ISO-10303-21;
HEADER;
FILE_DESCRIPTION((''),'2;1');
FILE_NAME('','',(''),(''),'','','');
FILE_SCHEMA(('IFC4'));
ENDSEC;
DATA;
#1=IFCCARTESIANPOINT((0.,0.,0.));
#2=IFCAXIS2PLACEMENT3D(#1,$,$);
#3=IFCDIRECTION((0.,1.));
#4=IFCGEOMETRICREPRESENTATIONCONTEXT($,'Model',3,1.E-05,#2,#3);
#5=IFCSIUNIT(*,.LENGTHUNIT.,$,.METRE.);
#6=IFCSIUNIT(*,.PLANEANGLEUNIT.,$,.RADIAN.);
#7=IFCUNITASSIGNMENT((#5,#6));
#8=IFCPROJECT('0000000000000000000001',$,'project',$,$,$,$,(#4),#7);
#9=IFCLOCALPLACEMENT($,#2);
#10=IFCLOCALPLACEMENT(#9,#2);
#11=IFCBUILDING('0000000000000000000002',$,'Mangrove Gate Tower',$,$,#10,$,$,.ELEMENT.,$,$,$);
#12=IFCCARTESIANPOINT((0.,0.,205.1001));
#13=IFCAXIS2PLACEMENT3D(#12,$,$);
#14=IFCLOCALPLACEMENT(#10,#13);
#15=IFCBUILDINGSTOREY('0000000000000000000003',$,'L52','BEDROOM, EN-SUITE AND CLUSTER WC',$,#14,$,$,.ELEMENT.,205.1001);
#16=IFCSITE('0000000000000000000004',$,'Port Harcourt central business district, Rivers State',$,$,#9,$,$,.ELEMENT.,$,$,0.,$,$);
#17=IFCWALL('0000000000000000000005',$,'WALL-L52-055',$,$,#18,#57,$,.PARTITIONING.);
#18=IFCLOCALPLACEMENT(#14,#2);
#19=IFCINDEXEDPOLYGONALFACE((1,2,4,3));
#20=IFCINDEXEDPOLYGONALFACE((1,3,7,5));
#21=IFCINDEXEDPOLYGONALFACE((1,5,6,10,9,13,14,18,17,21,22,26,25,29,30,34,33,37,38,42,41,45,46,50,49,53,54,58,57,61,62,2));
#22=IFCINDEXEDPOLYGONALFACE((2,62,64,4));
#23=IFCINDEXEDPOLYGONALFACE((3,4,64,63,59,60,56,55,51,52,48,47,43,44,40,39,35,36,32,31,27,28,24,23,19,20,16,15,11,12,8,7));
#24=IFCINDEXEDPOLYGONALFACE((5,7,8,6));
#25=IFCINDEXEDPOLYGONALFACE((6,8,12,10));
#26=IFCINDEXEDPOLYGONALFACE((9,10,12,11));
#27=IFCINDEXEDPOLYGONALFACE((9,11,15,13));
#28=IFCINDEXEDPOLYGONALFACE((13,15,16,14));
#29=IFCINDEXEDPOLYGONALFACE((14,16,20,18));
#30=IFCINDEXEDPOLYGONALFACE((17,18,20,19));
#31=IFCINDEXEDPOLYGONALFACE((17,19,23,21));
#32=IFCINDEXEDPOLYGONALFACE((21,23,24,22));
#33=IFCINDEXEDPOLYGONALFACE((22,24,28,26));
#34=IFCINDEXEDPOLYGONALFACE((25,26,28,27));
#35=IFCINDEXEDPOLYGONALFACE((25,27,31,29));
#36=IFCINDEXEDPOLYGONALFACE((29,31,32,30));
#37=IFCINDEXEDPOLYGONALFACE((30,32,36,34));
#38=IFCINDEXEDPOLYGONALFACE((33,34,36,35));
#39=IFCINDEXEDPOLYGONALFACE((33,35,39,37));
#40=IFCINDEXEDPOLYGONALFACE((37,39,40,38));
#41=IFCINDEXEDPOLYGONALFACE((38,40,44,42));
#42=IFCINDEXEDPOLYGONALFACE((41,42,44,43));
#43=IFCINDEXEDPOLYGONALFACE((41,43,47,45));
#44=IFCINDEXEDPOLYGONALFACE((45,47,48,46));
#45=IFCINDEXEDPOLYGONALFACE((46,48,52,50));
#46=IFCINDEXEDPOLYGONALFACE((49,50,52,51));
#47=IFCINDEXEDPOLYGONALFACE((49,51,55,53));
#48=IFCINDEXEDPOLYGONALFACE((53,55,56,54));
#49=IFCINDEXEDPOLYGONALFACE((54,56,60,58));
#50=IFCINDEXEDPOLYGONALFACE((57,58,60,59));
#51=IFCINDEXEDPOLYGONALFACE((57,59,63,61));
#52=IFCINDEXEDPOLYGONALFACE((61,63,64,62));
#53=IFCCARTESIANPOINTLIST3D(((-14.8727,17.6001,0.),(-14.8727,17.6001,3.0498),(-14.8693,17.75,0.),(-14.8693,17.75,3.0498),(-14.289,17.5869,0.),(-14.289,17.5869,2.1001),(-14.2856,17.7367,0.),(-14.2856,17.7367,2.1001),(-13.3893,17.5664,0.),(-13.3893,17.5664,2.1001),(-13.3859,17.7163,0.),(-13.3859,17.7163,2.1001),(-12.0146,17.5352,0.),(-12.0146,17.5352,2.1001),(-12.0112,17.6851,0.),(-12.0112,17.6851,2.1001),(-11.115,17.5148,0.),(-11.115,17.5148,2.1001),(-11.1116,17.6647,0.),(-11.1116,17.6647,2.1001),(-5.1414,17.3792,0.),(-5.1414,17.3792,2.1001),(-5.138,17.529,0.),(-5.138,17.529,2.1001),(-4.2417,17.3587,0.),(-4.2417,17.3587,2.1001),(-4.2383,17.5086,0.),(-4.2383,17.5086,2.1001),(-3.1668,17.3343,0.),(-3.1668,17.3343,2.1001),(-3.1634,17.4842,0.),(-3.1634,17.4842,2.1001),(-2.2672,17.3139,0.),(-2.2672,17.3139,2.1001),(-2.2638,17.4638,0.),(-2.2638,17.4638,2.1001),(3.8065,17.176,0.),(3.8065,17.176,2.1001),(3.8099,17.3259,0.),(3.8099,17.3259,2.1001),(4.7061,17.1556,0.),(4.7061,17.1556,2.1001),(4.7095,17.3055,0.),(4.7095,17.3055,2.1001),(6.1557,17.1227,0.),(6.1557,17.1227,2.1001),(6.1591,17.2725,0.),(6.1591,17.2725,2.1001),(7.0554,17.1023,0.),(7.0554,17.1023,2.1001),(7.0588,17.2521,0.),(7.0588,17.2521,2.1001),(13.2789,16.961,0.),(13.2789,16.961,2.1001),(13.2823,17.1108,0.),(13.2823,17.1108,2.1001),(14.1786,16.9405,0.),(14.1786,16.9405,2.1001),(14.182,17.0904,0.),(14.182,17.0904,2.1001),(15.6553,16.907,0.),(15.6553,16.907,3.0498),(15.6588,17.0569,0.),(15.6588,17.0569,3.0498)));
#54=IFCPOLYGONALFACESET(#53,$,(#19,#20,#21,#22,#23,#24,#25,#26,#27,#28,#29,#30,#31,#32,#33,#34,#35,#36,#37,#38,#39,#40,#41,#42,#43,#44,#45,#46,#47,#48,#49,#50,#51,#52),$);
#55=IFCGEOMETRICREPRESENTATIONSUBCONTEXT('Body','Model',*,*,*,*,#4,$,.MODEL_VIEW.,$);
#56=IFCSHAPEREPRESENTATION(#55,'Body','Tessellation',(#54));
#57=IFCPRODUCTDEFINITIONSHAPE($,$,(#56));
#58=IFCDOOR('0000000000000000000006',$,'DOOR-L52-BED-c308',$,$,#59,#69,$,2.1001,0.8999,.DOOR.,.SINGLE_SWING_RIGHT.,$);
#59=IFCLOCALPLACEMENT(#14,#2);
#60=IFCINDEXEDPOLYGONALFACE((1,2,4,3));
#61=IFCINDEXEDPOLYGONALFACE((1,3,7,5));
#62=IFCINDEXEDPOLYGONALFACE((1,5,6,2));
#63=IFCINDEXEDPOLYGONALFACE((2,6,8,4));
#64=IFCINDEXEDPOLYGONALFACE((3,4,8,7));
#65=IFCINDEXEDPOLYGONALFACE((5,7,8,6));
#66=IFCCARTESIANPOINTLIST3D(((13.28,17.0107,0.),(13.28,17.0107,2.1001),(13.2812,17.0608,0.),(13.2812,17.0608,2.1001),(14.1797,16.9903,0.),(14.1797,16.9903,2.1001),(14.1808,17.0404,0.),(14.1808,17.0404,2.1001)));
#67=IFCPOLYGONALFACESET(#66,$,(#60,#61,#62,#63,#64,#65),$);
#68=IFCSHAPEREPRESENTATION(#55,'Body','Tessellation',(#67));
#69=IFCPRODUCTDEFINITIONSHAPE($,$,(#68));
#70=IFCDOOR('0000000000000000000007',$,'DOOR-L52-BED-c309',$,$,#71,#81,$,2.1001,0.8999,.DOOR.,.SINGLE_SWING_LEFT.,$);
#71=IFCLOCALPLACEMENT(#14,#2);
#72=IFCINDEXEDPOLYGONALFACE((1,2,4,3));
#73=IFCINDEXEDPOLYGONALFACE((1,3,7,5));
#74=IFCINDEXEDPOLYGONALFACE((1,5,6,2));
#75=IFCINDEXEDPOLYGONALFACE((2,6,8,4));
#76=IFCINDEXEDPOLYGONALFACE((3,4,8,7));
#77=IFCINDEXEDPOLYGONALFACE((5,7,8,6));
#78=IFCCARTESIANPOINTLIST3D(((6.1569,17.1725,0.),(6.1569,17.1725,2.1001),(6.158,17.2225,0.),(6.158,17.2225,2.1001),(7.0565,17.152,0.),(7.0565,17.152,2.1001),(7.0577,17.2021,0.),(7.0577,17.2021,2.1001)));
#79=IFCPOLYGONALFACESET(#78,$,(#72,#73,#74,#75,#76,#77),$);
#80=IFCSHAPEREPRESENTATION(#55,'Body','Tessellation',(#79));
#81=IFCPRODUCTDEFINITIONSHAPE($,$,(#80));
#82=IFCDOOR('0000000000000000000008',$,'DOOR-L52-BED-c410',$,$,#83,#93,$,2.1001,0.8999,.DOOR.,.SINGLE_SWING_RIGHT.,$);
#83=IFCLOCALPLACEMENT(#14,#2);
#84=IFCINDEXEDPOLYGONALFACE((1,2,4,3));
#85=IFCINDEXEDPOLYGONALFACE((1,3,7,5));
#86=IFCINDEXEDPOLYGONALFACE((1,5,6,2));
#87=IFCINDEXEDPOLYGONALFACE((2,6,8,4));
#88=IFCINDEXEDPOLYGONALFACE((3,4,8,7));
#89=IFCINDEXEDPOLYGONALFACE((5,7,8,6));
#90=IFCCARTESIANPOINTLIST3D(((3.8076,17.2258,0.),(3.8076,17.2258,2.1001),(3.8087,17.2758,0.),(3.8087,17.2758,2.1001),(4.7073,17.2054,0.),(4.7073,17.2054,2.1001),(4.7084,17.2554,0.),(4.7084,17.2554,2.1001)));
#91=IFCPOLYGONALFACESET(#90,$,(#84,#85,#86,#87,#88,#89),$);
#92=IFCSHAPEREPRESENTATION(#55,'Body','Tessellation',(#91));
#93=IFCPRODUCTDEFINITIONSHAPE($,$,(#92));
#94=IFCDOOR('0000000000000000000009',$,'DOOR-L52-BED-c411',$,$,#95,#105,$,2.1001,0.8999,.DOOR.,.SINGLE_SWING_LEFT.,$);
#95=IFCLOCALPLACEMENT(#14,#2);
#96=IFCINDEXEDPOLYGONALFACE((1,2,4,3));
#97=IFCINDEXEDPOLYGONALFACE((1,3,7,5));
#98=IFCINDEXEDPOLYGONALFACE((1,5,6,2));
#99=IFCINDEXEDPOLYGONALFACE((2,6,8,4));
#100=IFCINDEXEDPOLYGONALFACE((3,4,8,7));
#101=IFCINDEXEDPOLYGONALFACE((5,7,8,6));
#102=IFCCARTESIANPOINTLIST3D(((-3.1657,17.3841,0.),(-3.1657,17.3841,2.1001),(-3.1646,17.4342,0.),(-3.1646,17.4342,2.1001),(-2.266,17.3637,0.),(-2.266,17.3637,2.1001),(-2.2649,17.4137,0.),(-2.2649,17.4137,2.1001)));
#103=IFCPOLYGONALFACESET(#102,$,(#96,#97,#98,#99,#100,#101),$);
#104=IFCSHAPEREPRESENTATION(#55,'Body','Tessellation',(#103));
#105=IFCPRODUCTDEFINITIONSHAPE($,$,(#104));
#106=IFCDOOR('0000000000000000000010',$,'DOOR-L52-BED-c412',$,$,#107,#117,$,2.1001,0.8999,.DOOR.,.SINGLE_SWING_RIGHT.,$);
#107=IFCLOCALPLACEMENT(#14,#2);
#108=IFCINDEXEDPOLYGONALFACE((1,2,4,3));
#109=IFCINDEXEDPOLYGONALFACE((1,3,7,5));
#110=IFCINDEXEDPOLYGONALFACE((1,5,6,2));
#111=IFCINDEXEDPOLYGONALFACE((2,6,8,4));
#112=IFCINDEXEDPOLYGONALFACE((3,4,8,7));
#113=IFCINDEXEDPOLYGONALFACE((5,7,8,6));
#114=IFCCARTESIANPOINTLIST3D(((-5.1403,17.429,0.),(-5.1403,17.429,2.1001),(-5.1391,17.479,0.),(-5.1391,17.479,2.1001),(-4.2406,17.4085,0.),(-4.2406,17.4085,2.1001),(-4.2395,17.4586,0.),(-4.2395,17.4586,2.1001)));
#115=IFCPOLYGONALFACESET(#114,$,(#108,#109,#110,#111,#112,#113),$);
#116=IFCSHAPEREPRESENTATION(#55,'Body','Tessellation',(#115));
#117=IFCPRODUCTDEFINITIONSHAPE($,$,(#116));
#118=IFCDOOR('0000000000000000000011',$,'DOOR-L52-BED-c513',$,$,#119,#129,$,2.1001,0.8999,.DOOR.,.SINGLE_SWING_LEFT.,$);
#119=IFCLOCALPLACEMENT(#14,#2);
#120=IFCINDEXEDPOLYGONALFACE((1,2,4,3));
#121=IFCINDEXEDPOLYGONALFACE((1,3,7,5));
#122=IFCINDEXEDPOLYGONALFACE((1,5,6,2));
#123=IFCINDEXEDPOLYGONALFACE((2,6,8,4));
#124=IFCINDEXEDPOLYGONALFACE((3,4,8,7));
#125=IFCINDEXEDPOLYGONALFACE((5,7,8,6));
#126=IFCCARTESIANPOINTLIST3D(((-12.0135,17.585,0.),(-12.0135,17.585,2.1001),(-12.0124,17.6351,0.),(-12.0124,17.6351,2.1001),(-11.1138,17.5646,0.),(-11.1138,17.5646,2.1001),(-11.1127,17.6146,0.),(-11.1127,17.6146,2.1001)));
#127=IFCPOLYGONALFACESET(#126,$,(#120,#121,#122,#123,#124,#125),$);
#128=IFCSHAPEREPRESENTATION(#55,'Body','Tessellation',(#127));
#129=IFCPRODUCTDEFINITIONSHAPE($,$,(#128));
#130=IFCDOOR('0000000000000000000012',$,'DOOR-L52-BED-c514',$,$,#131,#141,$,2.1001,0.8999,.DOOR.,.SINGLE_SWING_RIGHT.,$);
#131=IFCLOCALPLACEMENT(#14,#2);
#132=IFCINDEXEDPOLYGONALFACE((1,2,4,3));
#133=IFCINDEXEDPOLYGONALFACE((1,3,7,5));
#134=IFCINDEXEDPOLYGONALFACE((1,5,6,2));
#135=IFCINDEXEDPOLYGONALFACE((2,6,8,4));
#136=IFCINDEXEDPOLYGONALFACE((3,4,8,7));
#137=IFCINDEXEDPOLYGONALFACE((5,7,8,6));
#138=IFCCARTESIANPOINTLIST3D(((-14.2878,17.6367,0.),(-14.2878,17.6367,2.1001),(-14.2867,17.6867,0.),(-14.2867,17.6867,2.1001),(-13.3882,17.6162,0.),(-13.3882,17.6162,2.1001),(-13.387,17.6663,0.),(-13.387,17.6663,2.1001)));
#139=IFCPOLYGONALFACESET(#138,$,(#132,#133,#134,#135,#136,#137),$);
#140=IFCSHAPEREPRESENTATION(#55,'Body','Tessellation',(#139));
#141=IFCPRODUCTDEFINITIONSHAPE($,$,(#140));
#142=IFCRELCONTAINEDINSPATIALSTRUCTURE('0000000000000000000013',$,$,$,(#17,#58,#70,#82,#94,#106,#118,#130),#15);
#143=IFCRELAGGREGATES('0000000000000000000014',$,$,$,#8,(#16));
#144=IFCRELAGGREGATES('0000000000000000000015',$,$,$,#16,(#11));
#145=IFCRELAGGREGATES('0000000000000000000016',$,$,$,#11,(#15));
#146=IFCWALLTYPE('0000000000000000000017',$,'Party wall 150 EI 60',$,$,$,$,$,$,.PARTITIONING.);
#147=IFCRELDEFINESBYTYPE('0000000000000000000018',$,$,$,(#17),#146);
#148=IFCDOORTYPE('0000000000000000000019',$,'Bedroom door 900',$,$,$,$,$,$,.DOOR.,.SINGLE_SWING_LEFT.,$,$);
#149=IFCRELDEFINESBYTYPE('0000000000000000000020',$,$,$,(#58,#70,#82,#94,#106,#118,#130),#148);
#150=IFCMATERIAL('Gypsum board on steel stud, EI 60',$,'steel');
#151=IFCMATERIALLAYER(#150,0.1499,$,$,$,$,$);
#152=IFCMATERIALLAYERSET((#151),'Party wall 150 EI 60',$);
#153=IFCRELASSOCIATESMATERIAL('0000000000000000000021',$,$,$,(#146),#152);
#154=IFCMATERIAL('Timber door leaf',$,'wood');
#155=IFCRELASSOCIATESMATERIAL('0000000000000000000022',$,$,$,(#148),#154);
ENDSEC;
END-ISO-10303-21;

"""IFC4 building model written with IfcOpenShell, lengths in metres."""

from ifc_helpers import new_model, si_unit, direction, frame, frame_2d, origin, place, context, subcontext, project, spatial, rectangle, extrude, material, layer, layer_set, type_object, element, fill, save


model = new_model("IFC4")

# Units and contexts
model_context = context("Model", 3, precision=1e-05, world=origin(), true_north=direction((0.0, 1.0)))
body_context = subcontext(model_context, "Body", "Model", "MODEL_VIEW")
ifc_project = project(units=[si_unit("LENGTHUNIT", "METRE"), si_unit("PLANEANGLEUNIT", "RADIAN")], contexts=[model_context])

# Site, building, storey
site_placement = place(None, origin())
site = spatial("IfcSite", under=ifc_project, at=site_placement, Name="Port Harcourt central business district, Rivers State", CompositionType="ELEMENT", RefElevation=0.0)
building_placement = place(site_placement, origin())
building = spatial("IfcBuilding", under=site, at=building_placement, Name="Mangrove Gate Tower", CompositionType="ELEMENT")
storey_placement = place(building_placement, frame((0.0, 0.0, 205.1001)))
storey = spatial("IfcBuildingStorey", under=building, at=storey_placement, Name="L52", Description="BEDROOM, EN-SUITE AND CLUSTER WC", CompositionType="ELEMENT", Elevation=205.1001)

# Wall, openings, doors
ifc_material_1 = material(Name="Gypsum board on steel stud, EI 60", Category="steel")
ifc_layer_1 = layer(ifc_material_1, 0.1499)
ifc_layer_set_1 = layer_set([ifc_layer_1], Name="Party wall 150 EI 60")
wall_type_1 = type_object("IfcWallType", Name="Party wall 150 EI 60", PredefinedType="PARTITIONING", material=ifc_layer_set_1)
wall_1_placement = place(storey_placement, frame((-14.8711, 17.675, 0.0), z_axis=(0.0, 0.0, 1.0), x_axis=(0.999742, -0.022698, 0.0)))
wall_1 = element("IfcWall", 1, at=wall_1_placement, inside=storey, type_object=wall_type_1, Name="WALL-L52-055", PredefinedType="PARTITIONING", context=body_context, shape_type="SweptSolid", body=[
    extrude(rectangle(XDim=30.5359, YDim=0.1499, at=frame_2d((15.2681, 0.0))), origin(), (0.0, 0.0, 1.0), 3.0498),
])
opening_1_placement = place(wall_1_placement, frame((28.1589, 0.0, 0.0)))
opening_1 = element("IfcOpeningElement", 2, at=opening_1_placement, cuts=wall_1, PredefinedType="OPENING", context=body_context, shape_type="SweptSolid", body=[
    extrude(rectangle(XDim=0.8999, YDim=2.1001, at=frame_2d((0.45, 1.05))), frame((0.0, 0.085, 0.0), z_axis=(0.0, -1.0, 0.0), x_axis=(1.0, 0.0, 0.0)), (0.0, 0.0, 1.0), 0.1699),
])
opening_2_placement = place(wall_1_placement, frame((21.0339, 0.0, 0.0)))
opening_2 = element("IfcOpeningElement", 3, at=opening_2_placement, cuts=wall_1, PredefinedType="OPENING", context=body_context, shape_type="SweptSolid", body=[
    extrude(rectangle(XDim=0.8999, YDim=2.1001, at=frame_2d((0.45, 1.05))), frame((0.0, 0.085, 0.0), z_axis=(0.0, -1.0, 0.0), x_axis=(1.0, 0.0, 0.0)), (0.0, 0.0, 1.0), 0.1699),
])
opening_3_placement = place(wall_1_placement, frame((18.6841, 0.0, 0.0)))
opening_3 = element("IfcOpeningElement", 4, at=opening_3_placement, cuts=wall_1, PredefinedType="OPENING", context=body_context, shape_type="SweptSolid", body=[
    extrude(rectangle(XDim=0.8999, YDim=2.1001, at=frame_2d((0.45, 1.05))), frame((0.0, 0.085, 0.0), z_axis=(0.0, -1.0, 0.0), x_axis=(1.0, 0.0, 0.0)), (0.0, 0.0, 1.0), 0.1699),
])
opening_4_placement = place(wall_1_placement, frame((11.709, 0.0, 0.0)))
opening_4 = element("IfcOpeningElement", 5, at=opening_4_placement, cuts=wall_1, PredefinedType="OPENING", context=body_context, shape_type="SweptSolid", body=[
    extrude(rectangle(XDim=0.8999, YDim=2.1001, at=frame_2d((0.45, 1.05))), frame((0.0, 0.085, 0.0), z_axis=(0.0, -1.0, 0.0), x_axis=(1.0, 0.0, 0.0)), (0.0, 0.0, 1.0), 0.1699),
])
opening_5_placement = place(wall_1_placement, frame((9.7339, 0.0, 0.0)))
opening_5 = element("IfcOpeningElement", 6, at=opening_5_placement, cuts=wall_1, PredefinedType="OPENING", context=body_context, shape_type="SweptSolid", body=[
    extrude(rectangle(XDim=0.8999, YDim=2.1001, at=frame_2d((0.45, 1.05))), frame((0.0, 0.085, 0.0), z_axis=(0.0, -1.0, 0.0), x_axis=(1.0, 0.0, 0.0)), (0.0, 0.0, 1.0), 0.1699),
])
opening_6_placement = place(wall_1_placement, frame((2.8589, 0.0, 0.0)))
opening_6 = element("IfcOpeningElement", 7, at=opening_6_placement, cuts=wall_1, PredefinedType="OPENING", context=body_context, shape_type="SweptSolid", body=[
    extrude(rectangle(XDim=0.8999, YDim=2.1001, at=frame_2d((0.45, 1.05))), frame((0.0, 0.085, 0.0), z_axis=(0.0, -1.0, 0.0), x_axis=(1.0, 0.0, 0.0)), (0.0, 0.0, 1.0), 0.1699),
])
opening_7_placement = place(wall_1_placement, frame((0.584, 0.0, 0.0)))
opening_7 = element("IfcOpeningElement", 8, at=opening_7_placement, cuts=wall_1, PredefinedType="OPENING", context=body_context, shape_type="SweptSolid", body=[
    extrude(rectangle(XDim=0.8999, YDim=2.1001, at=frame_2d((0.45, 1.05))), frame((0.0, 0.085, 0.0), z_axis=(0.0, -1.0, 0.0), x_axis=(1.0, 0.0, 0.0)), (0.0, 0.0, 1.0), 0.1699),
])
ifc_material_2 = material(Name="Timber door leaf", Category="wood")
door_type_1 = type_object("IfcDoorType", Name="Bedroom door 900", OperationType="SINGLE_SWING_LEFT", PredefinedType="DOOR", material=ifc_material_2)
door_1_placement = place(opening_1_placement, origin())
door_1 = element("IfcDoor", 9, at=door_1_placement, inside=storey, type_object=door_type_1, Name="DOOR-L52-BED-c308", OperationType="SINGLE_SWING_RIGHT", OverallHeight=2.1001, OverallWidth=0.8999, PredefinedType="DOOR", context=body_context, shape_type="SweptSolid", body=[
    extrude(rectangle(XDim=0.8999, YDim=2.1001, at=frame_2d((0.45, 1.05))), frame((0.0, 0.0249, 0.0), z_axis=(0.0, -1.0, 0.0), x_axis=(1.0, 0.0, 0.0)), (0.0, 0.0, 1.0), 0.05),
])
fill(opening_1, door_1)
door_2_placement = place(opening_2_placement, origin())
door_2 = element("IfcDoor", 10, at=door_2_placement, inside=storey, type_object=door_type_1, Name="DOOR-L52-BED-c309", OperationType="SINGLE_SWING_LEFT", OverallHeight=2.1001, OverallWidth=0.8999, PredefinedType="DOOR", context=body_context, shape_type="SweptSolid", body=[
    extrude(rectangle(XDim=0.8999, YDim=2.1001, at=frame_2d((0.45, 1.05))), frame((0.0, 0.0249, 0.0), z_axis=(0.0, -1.0, 0.0), x_axis=(1.0, 0.0, 0.0)), (0.0, 0.0, 1.0), 0.05),
])
fill(opening_2, door_2)
door_3_placement = place(opening_3_placement, origin())
door_3 = element("IfcDoor", 11, at=door_3_placement, inside=storey, type_object=door_type_1, Name="DOOR-L52-BED-c410", OperationType="SINGLE_SWING_RIGHT", OverallHeight=2.1001, OverallWidth=0.8999, PredefinedType="DOOR", context=body_context, shape_type="SweptSolid", body=[
    extrude(rectangle(XDim=0.8999, YDim=2.1001, at=frame_2d((0.45, 1.05))), frame((0.0, 0.0249, 0.0), z_axis=(0.0, -1.0, 0.0), x_axis=(1.0, 0.0, 0.0)), (0.0, 0.0, 1.0), 0.05),
])
fill(opening_3, door_3)
door_4_placement = place(opening_4_placement, origin())
door_4 = element("IfcDoor", 12, at=door_4_placement, inside=storey, type_object=door_type_1, Name="DOOR-L52-BED-c411", OperationType="SINGLE_SWING_LEFT", OverallHeight=2.1001, OverallWidth=0.8999, PredefinedType="DOOR", context=body_context, shape_type="SweptSolid", body=[
    extrude(rectangle(XDim=0.8999, YDim=2.1001, at=frame_2d((0.45, 1.05))), frame((0.0, 0.0249, 0.0), z_axis=(0.0, -1.0, 0.0), x_axis=(1.0, 0.0, 0.0)), (0.0, 0.0, 1.0), 0.05),
])
fill(opening_4, door_4)
door_5_placement = place(opening_5_placement, origin())
door_5 = element("IfcDoor", 13, at=door_5_placement, inside=storey, type_object=door_type_1, Name="DOOR-L52-BED-c412", OperationType="SINGLE_SWING_RIGHT", OverallHeight=2.1001, OverallWidth=0.8999, PredefinedType="DOOR", context=body_context, shape_type="SweptSolid", body=[
    extrude(rectangle(XDim=0.8999, YDim=2.1001, at=frame_2d((0.45, 1.05))), frame((0.0, 0.0249, 0.0), z_axis=(0.0, -1.0, 0.0), x_axis=(1.0, 0.0, 0.0)), (0.0, 0.0, 1.0), 0.05),
])
fill(opening_5, door_5)
door_6_placement = place(opening_6_placement, origin())
door_6 = element("IfcDoor", 14, at=door_6_placement, inside=storey, type_object=door_type_1, Name="DOOR-L52-BED-c513", OperationType="SINGLE_SWING_LEFT", OverallHeight=2.1001, OverallWidth=0.8999, PredefinedType="DOOR", context=body_context, shape_type="SweptSolid", body=[
    extrude(rectangle(XDim=0.8999, YDim=2.1001, at=frame_2d((0.45, 1.05))), frame((0.0, 0.0249, 0.0), z_axis=(0.0, -1.0, 0.0), x_axis=(1.0, 0.0, 0.0)), (0.0, 0.0, 1.0), 0.05),
])
fill(opening_6, door_6)
door_7_placement = place(opening_7_placement, origin())
door_7 = element("IfcDoor", 15, at=door_7_placement, inside=storey, type_object=door_type_1, Name="DOOR-L52-BED-c514", OperationType="SINGLE_SWING_RIGHT", OverallHeight=2.1001, OverallWidth=0.8999, PredefinedType="DOOR", context=body_context, shape_type="SweptSolid", body=[
    extrude(rectangle(XDim=0.8999, YDim=2.1001, at=frame_2d((0.45, 1.05))), frame((0.0, 0.0249, 0.0), z_axis=(0.0, -1.0, 0.0), x_axis=(1.0, 0.0, 0.0)), (0.0, 0.0, 1.0), 0.05),
])
fill(opening_7, door_7)

save(model, "model.ifc")
